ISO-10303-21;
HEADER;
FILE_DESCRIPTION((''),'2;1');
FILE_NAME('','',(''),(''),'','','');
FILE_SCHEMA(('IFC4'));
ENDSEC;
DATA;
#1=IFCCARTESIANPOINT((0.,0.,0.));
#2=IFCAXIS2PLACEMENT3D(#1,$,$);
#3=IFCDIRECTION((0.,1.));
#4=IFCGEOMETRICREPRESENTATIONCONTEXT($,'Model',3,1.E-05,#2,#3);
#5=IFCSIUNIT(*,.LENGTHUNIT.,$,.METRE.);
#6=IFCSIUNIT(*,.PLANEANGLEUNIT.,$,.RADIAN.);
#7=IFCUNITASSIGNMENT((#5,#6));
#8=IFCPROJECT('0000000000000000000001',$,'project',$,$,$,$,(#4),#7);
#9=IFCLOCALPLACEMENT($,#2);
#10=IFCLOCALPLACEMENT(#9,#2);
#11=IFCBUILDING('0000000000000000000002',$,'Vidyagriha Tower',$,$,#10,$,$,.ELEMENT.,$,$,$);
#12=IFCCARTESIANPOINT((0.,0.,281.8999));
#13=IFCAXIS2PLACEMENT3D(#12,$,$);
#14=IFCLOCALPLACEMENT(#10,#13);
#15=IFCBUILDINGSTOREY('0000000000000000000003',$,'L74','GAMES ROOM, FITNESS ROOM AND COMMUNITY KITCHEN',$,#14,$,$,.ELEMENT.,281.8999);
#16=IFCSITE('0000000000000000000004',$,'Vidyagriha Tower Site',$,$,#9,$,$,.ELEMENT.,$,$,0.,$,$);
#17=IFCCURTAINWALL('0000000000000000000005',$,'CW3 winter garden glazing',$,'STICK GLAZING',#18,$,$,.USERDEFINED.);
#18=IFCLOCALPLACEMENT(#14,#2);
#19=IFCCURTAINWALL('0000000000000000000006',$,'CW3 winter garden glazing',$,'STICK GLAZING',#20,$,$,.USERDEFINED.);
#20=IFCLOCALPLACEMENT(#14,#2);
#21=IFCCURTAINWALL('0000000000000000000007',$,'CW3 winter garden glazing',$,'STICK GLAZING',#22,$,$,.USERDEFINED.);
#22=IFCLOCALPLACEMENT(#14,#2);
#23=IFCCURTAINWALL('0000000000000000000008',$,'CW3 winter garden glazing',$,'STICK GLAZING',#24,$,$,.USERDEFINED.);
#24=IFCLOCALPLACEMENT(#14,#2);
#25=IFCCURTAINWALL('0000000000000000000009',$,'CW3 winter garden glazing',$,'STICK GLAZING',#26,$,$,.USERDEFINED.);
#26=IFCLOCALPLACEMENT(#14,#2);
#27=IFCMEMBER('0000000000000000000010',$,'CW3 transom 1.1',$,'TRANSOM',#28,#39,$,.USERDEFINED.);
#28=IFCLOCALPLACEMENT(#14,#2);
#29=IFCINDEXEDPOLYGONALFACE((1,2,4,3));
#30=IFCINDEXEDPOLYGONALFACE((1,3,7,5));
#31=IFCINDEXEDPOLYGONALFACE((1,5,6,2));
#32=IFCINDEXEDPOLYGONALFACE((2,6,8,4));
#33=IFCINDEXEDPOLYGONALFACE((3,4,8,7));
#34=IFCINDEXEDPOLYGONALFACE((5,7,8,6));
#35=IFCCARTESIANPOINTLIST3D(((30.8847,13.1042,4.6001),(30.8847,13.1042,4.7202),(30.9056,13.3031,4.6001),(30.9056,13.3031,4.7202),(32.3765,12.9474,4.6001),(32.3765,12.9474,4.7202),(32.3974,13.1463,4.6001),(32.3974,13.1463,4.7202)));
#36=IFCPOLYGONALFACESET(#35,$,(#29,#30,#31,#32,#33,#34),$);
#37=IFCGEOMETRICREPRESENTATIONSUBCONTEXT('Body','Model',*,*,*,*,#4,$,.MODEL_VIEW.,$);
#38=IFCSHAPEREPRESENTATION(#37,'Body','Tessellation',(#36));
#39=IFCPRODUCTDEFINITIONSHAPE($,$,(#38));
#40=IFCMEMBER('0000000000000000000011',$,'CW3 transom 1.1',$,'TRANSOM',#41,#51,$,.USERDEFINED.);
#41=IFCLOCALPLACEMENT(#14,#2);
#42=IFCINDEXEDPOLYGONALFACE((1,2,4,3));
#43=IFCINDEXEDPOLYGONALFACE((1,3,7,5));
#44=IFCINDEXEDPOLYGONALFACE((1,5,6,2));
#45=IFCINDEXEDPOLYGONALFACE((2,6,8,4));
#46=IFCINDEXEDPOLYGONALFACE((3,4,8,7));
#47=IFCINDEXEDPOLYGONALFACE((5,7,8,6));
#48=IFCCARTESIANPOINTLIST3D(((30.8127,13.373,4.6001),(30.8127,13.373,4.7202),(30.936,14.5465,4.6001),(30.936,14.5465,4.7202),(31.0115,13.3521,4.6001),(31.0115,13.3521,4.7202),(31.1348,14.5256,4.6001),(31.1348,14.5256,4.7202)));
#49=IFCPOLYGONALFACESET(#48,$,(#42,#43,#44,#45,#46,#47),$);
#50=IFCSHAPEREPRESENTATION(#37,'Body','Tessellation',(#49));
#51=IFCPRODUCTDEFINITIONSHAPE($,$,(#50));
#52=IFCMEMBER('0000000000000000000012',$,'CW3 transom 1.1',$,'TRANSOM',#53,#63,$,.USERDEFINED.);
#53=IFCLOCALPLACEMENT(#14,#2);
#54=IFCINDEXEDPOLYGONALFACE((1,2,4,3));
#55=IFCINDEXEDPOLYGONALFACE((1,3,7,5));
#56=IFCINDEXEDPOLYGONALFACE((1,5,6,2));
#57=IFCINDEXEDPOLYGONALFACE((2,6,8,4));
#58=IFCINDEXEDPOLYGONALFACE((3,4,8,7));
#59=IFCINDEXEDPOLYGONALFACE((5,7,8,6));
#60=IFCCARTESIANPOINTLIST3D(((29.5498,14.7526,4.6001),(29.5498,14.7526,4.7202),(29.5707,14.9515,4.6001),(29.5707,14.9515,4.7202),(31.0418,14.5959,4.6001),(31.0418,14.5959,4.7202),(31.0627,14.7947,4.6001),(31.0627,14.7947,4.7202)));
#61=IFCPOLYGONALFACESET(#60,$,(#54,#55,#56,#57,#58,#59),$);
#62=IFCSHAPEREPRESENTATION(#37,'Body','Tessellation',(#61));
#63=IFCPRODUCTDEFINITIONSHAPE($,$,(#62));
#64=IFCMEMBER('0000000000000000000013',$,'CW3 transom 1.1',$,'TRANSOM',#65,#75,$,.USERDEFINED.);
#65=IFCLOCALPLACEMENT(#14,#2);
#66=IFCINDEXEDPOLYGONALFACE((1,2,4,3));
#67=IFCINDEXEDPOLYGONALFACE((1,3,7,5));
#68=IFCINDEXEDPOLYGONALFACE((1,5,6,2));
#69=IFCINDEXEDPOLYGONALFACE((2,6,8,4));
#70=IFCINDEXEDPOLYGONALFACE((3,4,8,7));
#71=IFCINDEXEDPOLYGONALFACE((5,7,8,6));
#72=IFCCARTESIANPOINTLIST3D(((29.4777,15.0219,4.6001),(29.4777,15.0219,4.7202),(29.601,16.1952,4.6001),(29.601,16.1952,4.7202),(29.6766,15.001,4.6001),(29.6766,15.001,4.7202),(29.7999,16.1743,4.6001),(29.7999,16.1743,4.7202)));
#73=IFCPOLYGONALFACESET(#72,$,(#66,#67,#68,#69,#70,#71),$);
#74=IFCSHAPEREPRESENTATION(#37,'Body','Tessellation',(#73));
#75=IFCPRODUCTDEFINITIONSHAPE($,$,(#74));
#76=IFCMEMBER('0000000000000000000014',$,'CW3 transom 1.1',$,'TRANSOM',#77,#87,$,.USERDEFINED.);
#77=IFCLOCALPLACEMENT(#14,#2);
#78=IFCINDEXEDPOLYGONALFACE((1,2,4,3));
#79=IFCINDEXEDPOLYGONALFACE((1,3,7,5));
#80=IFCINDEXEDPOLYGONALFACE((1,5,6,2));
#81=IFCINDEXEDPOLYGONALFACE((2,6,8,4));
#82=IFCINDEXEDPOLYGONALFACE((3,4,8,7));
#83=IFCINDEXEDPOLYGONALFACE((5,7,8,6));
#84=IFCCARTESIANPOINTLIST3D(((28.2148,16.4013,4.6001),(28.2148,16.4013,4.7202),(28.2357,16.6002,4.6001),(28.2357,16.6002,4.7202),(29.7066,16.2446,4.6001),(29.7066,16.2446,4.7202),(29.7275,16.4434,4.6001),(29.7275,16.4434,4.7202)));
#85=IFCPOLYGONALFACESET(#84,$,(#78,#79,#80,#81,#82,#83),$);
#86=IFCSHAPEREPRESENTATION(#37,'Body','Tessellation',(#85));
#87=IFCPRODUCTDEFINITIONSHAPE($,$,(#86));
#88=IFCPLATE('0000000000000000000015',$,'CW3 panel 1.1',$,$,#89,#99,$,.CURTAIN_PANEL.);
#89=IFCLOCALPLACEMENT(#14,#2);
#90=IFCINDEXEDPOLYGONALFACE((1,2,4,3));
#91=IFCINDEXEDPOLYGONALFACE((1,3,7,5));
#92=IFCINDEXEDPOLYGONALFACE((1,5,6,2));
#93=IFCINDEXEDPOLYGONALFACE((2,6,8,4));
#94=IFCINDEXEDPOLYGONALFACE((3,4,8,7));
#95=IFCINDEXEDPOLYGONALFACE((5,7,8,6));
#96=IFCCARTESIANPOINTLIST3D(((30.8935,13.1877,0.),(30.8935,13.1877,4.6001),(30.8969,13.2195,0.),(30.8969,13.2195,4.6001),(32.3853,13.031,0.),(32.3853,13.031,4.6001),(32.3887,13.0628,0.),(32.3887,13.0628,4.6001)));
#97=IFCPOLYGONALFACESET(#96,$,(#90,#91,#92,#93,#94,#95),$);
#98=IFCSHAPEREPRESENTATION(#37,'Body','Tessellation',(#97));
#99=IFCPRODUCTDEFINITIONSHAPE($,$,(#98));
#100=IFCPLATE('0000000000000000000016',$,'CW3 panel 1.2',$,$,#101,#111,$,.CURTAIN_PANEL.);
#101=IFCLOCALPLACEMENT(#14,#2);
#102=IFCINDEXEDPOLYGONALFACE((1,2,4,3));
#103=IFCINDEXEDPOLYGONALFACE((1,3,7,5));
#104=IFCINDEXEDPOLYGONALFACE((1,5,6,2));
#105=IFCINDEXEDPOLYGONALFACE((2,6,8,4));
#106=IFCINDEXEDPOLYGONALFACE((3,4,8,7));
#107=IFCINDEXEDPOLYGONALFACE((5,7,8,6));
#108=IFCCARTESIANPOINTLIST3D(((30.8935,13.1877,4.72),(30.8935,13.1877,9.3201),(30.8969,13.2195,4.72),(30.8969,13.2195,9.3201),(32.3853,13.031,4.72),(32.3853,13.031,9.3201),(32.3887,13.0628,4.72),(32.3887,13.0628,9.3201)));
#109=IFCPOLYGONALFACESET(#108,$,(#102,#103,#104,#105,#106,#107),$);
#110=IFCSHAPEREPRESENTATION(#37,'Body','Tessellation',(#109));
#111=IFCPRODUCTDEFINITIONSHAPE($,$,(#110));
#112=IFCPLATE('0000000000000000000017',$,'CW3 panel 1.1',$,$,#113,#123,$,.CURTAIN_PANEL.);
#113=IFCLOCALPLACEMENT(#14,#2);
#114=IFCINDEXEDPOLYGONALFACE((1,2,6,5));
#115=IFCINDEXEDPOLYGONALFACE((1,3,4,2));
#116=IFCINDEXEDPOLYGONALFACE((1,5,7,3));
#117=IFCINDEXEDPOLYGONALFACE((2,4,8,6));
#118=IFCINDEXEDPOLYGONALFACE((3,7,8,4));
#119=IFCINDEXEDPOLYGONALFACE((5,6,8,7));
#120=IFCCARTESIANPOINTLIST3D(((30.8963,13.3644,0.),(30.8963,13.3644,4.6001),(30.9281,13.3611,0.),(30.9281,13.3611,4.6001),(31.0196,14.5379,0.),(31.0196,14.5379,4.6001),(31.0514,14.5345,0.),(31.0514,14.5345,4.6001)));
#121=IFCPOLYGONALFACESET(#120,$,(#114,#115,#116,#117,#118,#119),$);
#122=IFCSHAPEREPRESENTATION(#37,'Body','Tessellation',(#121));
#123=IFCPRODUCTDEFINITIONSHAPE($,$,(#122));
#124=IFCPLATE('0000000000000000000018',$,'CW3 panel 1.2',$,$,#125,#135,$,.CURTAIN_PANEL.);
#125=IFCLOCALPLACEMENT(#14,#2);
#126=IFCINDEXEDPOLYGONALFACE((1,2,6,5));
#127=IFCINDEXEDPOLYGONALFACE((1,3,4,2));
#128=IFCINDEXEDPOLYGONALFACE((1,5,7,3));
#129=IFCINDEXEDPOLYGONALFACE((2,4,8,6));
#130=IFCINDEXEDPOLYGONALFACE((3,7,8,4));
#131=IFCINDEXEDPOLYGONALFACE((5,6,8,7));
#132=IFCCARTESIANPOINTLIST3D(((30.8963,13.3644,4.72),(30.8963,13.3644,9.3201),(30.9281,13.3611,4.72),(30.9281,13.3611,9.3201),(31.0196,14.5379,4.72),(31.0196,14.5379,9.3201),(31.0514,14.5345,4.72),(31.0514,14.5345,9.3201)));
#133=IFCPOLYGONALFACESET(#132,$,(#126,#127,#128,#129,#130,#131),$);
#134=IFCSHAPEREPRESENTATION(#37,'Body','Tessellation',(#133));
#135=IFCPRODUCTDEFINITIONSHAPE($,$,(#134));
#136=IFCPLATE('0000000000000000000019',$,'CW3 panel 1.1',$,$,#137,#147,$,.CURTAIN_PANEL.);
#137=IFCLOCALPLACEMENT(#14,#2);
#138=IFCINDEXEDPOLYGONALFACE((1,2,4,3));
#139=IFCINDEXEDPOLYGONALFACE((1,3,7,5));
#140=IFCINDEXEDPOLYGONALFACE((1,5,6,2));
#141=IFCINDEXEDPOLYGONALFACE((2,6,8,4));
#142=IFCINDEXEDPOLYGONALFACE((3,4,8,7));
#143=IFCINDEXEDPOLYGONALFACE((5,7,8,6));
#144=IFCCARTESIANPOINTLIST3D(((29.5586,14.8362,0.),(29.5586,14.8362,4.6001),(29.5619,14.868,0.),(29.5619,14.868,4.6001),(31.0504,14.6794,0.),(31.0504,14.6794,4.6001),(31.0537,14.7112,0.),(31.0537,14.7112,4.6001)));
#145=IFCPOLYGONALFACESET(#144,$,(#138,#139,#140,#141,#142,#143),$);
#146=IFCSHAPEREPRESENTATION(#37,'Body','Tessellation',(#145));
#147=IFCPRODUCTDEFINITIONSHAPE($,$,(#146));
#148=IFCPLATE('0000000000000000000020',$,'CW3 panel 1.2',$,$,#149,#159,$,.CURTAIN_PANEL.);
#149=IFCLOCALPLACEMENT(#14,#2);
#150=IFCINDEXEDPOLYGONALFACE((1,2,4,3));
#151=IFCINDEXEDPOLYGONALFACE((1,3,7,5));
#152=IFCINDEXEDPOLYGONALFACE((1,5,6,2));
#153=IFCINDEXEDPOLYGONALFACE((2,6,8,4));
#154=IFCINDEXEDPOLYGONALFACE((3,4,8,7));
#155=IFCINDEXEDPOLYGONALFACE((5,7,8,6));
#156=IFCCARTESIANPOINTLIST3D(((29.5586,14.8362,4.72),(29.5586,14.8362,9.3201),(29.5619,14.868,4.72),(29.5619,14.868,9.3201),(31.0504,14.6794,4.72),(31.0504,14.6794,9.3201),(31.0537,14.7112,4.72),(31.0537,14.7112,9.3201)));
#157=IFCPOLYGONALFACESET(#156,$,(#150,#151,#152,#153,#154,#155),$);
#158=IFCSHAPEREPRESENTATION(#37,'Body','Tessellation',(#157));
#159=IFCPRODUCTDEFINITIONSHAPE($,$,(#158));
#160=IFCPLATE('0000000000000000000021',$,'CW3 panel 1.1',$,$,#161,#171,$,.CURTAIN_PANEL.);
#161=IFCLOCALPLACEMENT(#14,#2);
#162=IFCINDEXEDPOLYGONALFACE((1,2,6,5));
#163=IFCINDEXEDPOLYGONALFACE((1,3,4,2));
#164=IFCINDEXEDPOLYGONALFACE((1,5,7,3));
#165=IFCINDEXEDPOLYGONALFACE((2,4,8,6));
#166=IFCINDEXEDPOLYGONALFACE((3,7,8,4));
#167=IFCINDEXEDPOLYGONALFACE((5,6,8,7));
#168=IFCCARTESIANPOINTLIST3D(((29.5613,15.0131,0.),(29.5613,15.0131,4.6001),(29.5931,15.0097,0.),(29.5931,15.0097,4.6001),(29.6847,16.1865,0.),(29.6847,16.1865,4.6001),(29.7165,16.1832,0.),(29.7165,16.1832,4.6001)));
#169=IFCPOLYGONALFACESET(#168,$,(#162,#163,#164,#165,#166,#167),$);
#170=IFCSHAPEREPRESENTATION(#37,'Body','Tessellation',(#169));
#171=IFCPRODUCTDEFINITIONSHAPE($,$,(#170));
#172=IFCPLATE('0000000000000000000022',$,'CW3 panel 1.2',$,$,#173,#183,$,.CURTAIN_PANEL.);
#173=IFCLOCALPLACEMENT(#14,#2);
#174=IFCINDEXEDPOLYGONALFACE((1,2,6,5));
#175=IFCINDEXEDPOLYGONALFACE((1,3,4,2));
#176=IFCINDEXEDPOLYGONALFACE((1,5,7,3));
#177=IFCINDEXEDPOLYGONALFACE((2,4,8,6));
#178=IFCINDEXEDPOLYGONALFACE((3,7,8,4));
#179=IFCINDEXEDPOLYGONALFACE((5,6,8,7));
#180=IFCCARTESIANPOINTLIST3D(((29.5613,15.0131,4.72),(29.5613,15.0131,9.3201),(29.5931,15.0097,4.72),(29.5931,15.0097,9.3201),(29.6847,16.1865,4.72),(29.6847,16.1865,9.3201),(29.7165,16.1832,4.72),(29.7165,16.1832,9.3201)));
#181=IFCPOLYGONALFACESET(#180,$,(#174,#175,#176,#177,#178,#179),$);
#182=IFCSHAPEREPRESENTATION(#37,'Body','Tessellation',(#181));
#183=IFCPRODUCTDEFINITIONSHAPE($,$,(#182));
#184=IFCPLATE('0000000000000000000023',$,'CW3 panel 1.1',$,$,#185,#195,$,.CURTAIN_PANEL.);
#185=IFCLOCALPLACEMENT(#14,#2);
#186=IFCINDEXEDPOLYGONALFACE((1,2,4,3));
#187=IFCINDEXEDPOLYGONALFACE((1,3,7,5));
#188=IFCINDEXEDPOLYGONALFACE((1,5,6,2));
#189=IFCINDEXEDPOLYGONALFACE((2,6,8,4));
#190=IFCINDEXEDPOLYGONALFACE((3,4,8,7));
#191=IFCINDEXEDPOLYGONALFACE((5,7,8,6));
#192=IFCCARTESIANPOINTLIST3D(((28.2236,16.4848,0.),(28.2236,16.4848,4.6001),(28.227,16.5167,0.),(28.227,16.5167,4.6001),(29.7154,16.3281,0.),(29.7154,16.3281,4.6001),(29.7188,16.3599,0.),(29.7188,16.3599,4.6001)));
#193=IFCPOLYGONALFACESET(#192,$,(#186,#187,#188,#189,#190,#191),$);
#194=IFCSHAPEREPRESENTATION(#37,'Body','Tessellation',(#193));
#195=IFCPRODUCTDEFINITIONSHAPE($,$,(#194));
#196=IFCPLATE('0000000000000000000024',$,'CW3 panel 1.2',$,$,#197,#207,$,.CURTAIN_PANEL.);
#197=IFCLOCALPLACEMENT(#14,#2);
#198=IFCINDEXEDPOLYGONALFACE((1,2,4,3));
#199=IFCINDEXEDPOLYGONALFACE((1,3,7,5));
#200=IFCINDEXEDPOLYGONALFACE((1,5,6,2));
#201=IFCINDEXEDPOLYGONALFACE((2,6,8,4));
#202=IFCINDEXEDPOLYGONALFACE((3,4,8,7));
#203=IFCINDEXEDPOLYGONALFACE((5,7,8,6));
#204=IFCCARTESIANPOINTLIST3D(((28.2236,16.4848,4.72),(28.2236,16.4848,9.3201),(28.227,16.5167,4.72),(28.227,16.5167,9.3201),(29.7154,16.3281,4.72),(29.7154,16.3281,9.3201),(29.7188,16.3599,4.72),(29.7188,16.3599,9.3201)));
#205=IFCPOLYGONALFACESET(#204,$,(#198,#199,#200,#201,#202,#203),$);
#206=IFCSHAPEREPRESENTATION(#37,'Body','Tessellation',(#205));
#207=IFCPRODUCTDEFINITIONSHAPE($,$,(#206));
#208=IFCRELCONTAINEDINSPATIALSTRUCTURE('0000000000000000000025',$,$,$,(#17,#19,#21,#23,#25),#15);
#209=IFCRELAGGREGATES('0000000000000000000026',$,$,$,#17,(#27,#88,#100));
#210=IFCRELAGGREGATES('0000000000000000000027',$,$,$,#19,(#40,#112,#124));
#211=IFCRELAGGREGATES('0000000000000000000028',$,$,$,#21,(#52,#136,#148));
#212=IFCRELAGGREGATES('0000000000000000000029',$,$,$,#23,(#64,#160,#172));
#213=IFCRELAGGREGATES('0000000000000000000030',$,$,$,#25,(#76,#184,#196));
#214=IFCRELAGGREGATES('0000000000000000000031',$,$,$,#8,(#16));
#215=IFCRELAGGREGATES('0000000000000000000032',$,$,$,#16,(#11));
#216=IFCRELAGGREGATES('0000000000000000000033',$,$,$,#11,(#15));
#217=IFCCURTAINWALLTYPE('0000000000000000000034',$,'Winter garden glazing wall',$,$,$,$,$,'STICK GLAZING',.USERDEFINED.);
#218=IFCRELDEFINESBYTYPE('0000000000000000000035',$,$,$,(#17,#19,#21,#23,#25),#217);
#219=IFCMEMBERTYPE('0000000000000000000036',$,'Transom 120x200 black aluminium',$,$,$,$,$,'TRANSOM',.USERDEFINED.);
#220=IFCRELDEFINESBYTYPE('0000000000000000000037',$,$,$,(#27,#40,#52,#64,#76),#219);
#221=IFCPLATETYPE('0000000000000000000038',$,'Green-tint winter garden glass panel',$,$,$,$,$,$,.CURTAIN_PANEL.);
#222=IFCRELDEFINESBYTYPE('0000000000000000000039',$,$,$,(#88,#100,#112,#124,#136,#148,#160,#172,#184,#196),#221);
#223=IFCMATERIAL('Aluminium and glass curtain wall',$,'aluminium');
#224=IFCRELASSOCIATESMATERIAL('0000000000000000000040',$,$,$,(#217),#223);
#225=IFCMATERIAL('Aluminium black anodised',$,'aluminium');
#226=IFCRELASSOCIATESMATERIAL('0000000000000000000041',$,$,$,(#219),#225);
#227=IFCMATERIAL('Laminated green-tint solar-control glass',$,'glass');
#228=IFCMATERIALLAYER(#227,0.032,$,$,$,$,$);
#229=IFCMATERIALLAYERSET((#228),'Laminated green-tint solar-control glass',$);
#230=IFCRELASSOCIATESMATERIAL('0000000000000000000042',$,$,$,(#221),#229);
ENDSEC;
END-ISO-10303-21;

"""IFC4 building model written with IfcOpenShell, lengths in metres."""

from ifc_helpers import new_model, si_unit, direction, frame, origin, origin_2d, place, context, subcontext, project, spatial, rectangle, extrude, material, layer, layer_set, material_profile, profile_set, type_object, element, aggregate, save


model = new_model("IFC4")

# Units and contexts
model_context = context("Model", 3, precision=1e-05, world=origin(), true_north=direction((0.0, 1.0)))
body_context = subcontext(model_context, "Body", "Model", "MODEL_VIEW")
ifc_project = project(units=[si_unit("LENGTHUNIT", "METRE"), si_unit("PLANEANGLEUNIT", "RADIAN")], contexts=[model_context])

# Site, building, storey
site_placement = place(None, origin())
site = spatial("IfcSite", under=ifc_project, at=site_placement, Name="Vidyagriha Tower Site", CompositionType="ELEMENT", RefElevation=0.0)
building_placement = place(site_placement, origin())
building = spatial("IfcBuilding", under=site, at=building_placement, Name="Vidyagriha Tower", CompositionType="ELEMENT")
storey_placement = place(building_placement, frame((0.0, 0.0, 281.8999)))
storey = spatial("IfcBuildingStorey", under=building, at=storey_placement, Name="L74", Description="GAMES ROOM, FITNESS ROOM AND COMMUNITY KITCHEN", CompositionType="ELEMENT", Elevation=281.8999)

# Curtain walls
ifc_material_1 = material(Name="Aluminium and glass curtain wall", Category="aluminium")
curtain_wall_type = type_object("IfcCurtainWallType", Name="Winter garden glazing wall", ElementType="STICK GLAZING", PredefinedType="USERDEFINED", material=ifc_material_1)
curtain_wall_1_placement = place(storey_placement, origin())
curtain_wall_1 = element("IfcCurtainWall", 1, at=curtain_wall_1_placement, inside=storey, type_object=curtain_wall_type, Name="CW3 winter garden glazing", ObjectType="STICK GLAZING", PredefinedType="USERDEFINED")
curtain_wall_2_placement = place(storey_placement, origin())
curtain_wall_2 = element("IfcCurtainWall", 2, at=curtain_wall_2_placement, inside=storey, type_object=curtain_wall_type, Name="CW3 winter garden glazing", ObjectType="STICK GLAZING", PredefinedType="USERDEFINED")
curtain_wall_3_placement = place(storey_placement, origin())
curtain_wall_3 = element("IfcCurtainWall", 3, at=curtain_wall_3_placement, inside=storey, type_object=curtain_wall_type, Name="CW3 winter garden glazing", ObjectType="STICK GLAZING", PredefinedType="USERDEFINED")
curtain_wall_4_placement = place(storey_placement, origin())
curtain_wall_4 = element("IfcCurtainWall", 4, at=curtain_wall_4_placement, inside=storey, type_object=curtain_wall_type, Name="CW3 winter garden glazing", ObjectType="STICK GLAZING", PredefinedType="USERDEFINED")

# Curtain wall
curtain_wall_5_placement = place(storey_placement, origin())
curtain_wall_5 = element("IfcCurtainWall", 5, at=curtain_wall_5_placement, inside=storey, type_object=curtain_wall_type, Name="CW3 winter garden glazing", ObjectType="STICK GLAZING", PredefinedType="USERDEFINED")

# Members
ifc_material_2 = material(Name="Aluminium black anodised", Category="aluminium")
ifc_material_profile_1 = material_profile(ifc_material_2, rectangle(XDim=0.2, YDim=0.1201, at=origin_2d()), Name="Transom 120x200 black aluminium")
ifc_profile_set_1 = profile_set([ifc_material_profile_1], Name="Aluminium black anodised")
member_type_1 = type_object("IfcMemberType", Name="Transom 120x200 black aluminium", ElementType="TRANSOM", PredefinedType="USERDEFINED", material=ifc_profile_set_1)
member_1_placement = place(storey_placement, frame((32.387, 13.0469, 4.6602), z_axis=(-0.994525, 0.104498, 0.0), x_axis=(-0.104498, -0.994525, 0.0)))
member_1 = element("IfcMember", 6, at=member_1_placement, type_object=member_type_1, Name="CW3 transom 1.1", ObjectType="TRANSOM", PredefinedType="USERDEFINED", context=body_context, shape_type="SweptSolid", body=[
    extrude(rectangle(XDim=0.2, YDim=0.1201, at=origin_2d()), origin(), (0.0, 0.0, 1.0), 1.5),
])
member_2_placement = place(storey_placement, frame((30.9121, 13.3625, 4.6602), z_axis=(0.10448, 0.994527, 0.0), x_axis=(-0.994527, 0.10448, 0.0)))
member_2 = element("IfcMember", 7, at=member_2_placement, type_object=member_type_1, Name="CW3 transom 1.1", ObjectType="TRANSOM", PredefinedType="USERDEFINED", context=body_context, shape_type="SweptSolid", body=[
    extrude(rectangle(XDim=0.2, YDim=0.1201, at=origin_2d()), origin(), (0.0, 0.0, 1.0), 1.1799),
])
member_3_placement = place(storey_placement, frame((31.0522, 14.6953, 4.6602), z_axis=(-0.994527, 0.104481, 0.0), x_axis=(-0.104481, -0.994527, 0.0)))
member_3 = element("IfcMember", 8, at=member_3_placement, type_object=member_type_1, Name="CW3 transom 1.1", ObjectType="TRANSOM", PredefinedType="USERDEFINED", context=body_context, shape_type="SweptSolid", body=[
    extrude(rectangle(XDim=0.2, YDim=0.1201, at=origin_2d()), origin(), (0.0, 0.0, 1.0), 1.5002),
])
member_4_placement = place(storey_placement, frame((29.5771, 15.0115, 4.6602), z_axis=(0.104502, 0.994525, 0.0), x_axis=(-0.994525, 0.104502, 0.0)))
member_4 = element("IfcMember", 9, at=member_4_placement, type_object=member_type_1, Name="CW3 transom 1.1", ObjectType="TRANSOM", PredefinedType="USERDEFINED", context=body_context, shape_type="SweptSolid", body=[
    extrude(rectangle(XDim=0.2, YDim=0.1201, at=origin_2d()), origin(), (0.0, 0.0, 1.0), 1.1797),
])
member_5_placement = place(storey_placement, frame((29.717, 16.344, 4.6602), z_axis=(-0.994525, 0.104498, 0.0), x_axis=(-0.104498, -0.994525, 0.0)))
member_5 = element("IfcMember", 10, at=member_5_placement, type_object=member_type_1, Name="CW3 transom 1.1", ObjectType="TRANSOM", PredefinedType="USERDEFINED", context=body_context, shape_type="SweptSolid", body=[
    extrude(rectangle(XDim=0.2, YDim=0.1201, at=origin_2d()), origin(), (0.0, 0.0, 1.0), 1.5),
])

# Plates
ifc_material_3 = material(Name="Laminated green-tint solar-control glass", Category="glass")
ifc_layer = layer(ifc_material_3, 0.032)
ifc_layer_set = layer_set([ifc_layer], Name="Laminated green-tint solar-control glass")
plate_type = type_object("IfcPlateType", Name="Green-tint winter garden glass panel", PredefinedType="CURTAIN_PANEL", material=ifc_layer_set)
plate_1_placement = place(storey_placement, frame((31.6411, 13.1252, 0.0), z_axis=(0.0, 0.0, 1.0), x_axis=(-0.994529, 0.104465, 0.0)))
plate_1 = element("IfcPlate", 11, at=plate_1_placement, type_object=plate_type, Name="CW3 panel 1.1", PredefinedType="CURTAIN_PANEL", context=body_context, shape_type="SweptSolid", body=[
    extrude(rectangle(XDim=1.5, YDim=0.032, at=origin_2d()), origin(), (0.0, 0.0, 1.0), 4.6001),
])
plate_2_placement = place(storey_placement, frame((31.6411, 13.1252, 4.72), z_axis=(0.0, 0.0, 1.0), x_axis=(-0.994529, 0.104465, 0.0)))
plate_2 = element("IfcPlate", 12, at=plate_2_placement, type_object=plate_type, Name="CW3 panel 1.2", PredefinedType="CURTAIN_PANEL", context=body_context, shape_type="SweptSolid", body=[
    extrude(rectangle(XDim=1.5, YDim=0.032, at=origin_2d()), origin(), (0.0, 0.0, 1.0), 4.6001),
])
aggregate(curtain_wall_1, [member_1, plate_1, plate_2])
plate_3_placement = place(storey_placement, frame((30.9739, 13.9495, 0.0), z_axis=(0.0, 0.0, 1.0), x_axis=(0.104475, 0.994528, 0.0)))
plate_3 = element("IfcPlate", 13, at=plate_3_placement, type_object=plate_type, Name="CW3 panel 1.1", PredefinedType="CURTAIN_PANEL", context=body_context, shape_type="SweptSolid", body=[
    extrude(rectangle(XDim=1.1799, YDim=0.032, at=origin_2d()), origin(), (0.0, 0.0, 1.0), 4.6001),
])
plate_4_placement = place(storey_placement, frame((30.9739, 13.9495, 4.72), z_axis=(0.0, 0.0, 1.0), x_axis=(0.104475, 0.994528, 0.0)))
plate_4 = element("IfcPlate", 14, at=plate_4_placement, type_object=plate_type, Name="CW3 panel 1.2", PredefinedType="CURTAIN_PANEL", context=body_context, shape_type="SweptSolid", body=[
    extrude(rectangle(XDim=1.1799, YDim=0.032, at=origin_2d()), origin(), (0.0, 0.0, 1.0), 4.6001),
])
aggregate(curtain_wall_2, [member_2, plate_3, plate_4])
plate_5_placement = place(storey_placement, frame((30.3062, 14.7737, 0.0), z_axis=(0.0, 0.0, 1.0), x_axis=(-0.994523, 0.104519, 0.0)))
plate_5 = element("IfcPlate", 15, at=plate_5_placement, type_object=plate_type, Name="CW3 panel 1.1", PredefinedType="CURTAIN_PANEL", context=body_context, shape_type="SweptSolid", body=[
    extrude(rectangle(XDim=1.5, YDim=0.032, at=origin_2d()), origin(), (0.0, 0.0, 1.0), 4.6001),
])
plate_6_placement = place(storey_placement, frame((30.3062, 14.7737, 4.72), z_axis=(0.0, 0.0, 1.0), x_axis=(-0.994523, 0.104519, 0.0)))
plate_6 = element("IfcPlate", 16, at=plate_6_placement, type_object=plate_type, Name="CW3 panel 1.2", PredefinedType="CURTAIN_PANEL", context=body_context, shape_type="SweptSolid", body=[
    extrude(rectangle(XDim=1.5, YDim=0.032, at=origin_2d()), origin(), (0.0, 0.0, 1.0), 4.6001),
])
aggregate(curtain_wall_3, [member_3, plate_5, plate_6])
plate_7_placement = place(storey_placement, frame((29.6389, 15.5981, 0.0), z_axis=(0.0, 0.0, 1.0), x_axis=(0.104557, 0.994519, 0.0)))
plate_7 = element("IfcPlate", 17, at=plate_7_placement, type_object=plate_type, Name="CW3 panel 1.1", PredefinedType="CURTAIN_PANEL", context=body_context, shape_type="SweptSolid", body=[
    extrude(rectangle(XDim=1.1799, YDim=0.032, at=origin_2d()), origin(), (0.0, 0.0, 1.0), 4.6001),
])
plate_8_placement = place(storey_placement, frame((29.6389, 15.5981, 4.72), z_axis=(0.0, 0.0, 1.0), x_axis=(0.104557, 0.994519, 0.0)))
plate_8 = element("IfcPlate", 18, at=plate_8_placement, type_object=plate_type, Name="CW3 panel 1.2", PredefinedType="CURTAIN_PANEL", context=body_context, shape_type="SweptSolid", body=[
    extrude(rectangle(XDim=1.1799, YDim=0.032, at=origin_2d()), origin(), (0.0, 0.0, 1.0), 4.6001),
])
aggregate(curtain_wall_4, [member_4, plate_7, plate_8])
plate_9_placement = place(storey_placement, frame((28.9712, 16.4224, 0.0), z_axis=(0.0, 0.0, 1.0), x_axis=(-0.994523, 0.104519, 0.0)))
plate_9 = element("IfcPlate", 19, at=plate_9_placement, type_object=plate_type, Name="CW3 panel 1.1", PredefinedType="CURTAIN_PANEL", context=body_context, shape_type="SweptSolid", body=[
    extrude(rectangle(XDim=1.5, YDim=0.032, at=origin_2d()), origin(), (0.0, 0.0, 1.0), 4.6001),
])
plate_10_placement = place(storey_placement, frame((28.9712, 16.4224, 4.72), z_axis=(0.0, 0.0, 1.0), x_axis=(-0.994523, 0.104519, 0.0)))
plate_10 = element("IfcPlate", 20, at=plate_10_placement, type_object=plate_type, Name="CW3 panel 1.2", PredefinedType="CURTAIN_PANEL", context=body_context, shape_type="SweptSolid", body=[
    extrude(rectangle(XDim=1.5, YDim=0.032, at=origin_2d()), origin(), (0.0, 0.0, 1.0), 4.6001),
])
aggregate(curtain_wall_5, [member_5, plate_9, plate_10])

save(model, "model.ifc")
